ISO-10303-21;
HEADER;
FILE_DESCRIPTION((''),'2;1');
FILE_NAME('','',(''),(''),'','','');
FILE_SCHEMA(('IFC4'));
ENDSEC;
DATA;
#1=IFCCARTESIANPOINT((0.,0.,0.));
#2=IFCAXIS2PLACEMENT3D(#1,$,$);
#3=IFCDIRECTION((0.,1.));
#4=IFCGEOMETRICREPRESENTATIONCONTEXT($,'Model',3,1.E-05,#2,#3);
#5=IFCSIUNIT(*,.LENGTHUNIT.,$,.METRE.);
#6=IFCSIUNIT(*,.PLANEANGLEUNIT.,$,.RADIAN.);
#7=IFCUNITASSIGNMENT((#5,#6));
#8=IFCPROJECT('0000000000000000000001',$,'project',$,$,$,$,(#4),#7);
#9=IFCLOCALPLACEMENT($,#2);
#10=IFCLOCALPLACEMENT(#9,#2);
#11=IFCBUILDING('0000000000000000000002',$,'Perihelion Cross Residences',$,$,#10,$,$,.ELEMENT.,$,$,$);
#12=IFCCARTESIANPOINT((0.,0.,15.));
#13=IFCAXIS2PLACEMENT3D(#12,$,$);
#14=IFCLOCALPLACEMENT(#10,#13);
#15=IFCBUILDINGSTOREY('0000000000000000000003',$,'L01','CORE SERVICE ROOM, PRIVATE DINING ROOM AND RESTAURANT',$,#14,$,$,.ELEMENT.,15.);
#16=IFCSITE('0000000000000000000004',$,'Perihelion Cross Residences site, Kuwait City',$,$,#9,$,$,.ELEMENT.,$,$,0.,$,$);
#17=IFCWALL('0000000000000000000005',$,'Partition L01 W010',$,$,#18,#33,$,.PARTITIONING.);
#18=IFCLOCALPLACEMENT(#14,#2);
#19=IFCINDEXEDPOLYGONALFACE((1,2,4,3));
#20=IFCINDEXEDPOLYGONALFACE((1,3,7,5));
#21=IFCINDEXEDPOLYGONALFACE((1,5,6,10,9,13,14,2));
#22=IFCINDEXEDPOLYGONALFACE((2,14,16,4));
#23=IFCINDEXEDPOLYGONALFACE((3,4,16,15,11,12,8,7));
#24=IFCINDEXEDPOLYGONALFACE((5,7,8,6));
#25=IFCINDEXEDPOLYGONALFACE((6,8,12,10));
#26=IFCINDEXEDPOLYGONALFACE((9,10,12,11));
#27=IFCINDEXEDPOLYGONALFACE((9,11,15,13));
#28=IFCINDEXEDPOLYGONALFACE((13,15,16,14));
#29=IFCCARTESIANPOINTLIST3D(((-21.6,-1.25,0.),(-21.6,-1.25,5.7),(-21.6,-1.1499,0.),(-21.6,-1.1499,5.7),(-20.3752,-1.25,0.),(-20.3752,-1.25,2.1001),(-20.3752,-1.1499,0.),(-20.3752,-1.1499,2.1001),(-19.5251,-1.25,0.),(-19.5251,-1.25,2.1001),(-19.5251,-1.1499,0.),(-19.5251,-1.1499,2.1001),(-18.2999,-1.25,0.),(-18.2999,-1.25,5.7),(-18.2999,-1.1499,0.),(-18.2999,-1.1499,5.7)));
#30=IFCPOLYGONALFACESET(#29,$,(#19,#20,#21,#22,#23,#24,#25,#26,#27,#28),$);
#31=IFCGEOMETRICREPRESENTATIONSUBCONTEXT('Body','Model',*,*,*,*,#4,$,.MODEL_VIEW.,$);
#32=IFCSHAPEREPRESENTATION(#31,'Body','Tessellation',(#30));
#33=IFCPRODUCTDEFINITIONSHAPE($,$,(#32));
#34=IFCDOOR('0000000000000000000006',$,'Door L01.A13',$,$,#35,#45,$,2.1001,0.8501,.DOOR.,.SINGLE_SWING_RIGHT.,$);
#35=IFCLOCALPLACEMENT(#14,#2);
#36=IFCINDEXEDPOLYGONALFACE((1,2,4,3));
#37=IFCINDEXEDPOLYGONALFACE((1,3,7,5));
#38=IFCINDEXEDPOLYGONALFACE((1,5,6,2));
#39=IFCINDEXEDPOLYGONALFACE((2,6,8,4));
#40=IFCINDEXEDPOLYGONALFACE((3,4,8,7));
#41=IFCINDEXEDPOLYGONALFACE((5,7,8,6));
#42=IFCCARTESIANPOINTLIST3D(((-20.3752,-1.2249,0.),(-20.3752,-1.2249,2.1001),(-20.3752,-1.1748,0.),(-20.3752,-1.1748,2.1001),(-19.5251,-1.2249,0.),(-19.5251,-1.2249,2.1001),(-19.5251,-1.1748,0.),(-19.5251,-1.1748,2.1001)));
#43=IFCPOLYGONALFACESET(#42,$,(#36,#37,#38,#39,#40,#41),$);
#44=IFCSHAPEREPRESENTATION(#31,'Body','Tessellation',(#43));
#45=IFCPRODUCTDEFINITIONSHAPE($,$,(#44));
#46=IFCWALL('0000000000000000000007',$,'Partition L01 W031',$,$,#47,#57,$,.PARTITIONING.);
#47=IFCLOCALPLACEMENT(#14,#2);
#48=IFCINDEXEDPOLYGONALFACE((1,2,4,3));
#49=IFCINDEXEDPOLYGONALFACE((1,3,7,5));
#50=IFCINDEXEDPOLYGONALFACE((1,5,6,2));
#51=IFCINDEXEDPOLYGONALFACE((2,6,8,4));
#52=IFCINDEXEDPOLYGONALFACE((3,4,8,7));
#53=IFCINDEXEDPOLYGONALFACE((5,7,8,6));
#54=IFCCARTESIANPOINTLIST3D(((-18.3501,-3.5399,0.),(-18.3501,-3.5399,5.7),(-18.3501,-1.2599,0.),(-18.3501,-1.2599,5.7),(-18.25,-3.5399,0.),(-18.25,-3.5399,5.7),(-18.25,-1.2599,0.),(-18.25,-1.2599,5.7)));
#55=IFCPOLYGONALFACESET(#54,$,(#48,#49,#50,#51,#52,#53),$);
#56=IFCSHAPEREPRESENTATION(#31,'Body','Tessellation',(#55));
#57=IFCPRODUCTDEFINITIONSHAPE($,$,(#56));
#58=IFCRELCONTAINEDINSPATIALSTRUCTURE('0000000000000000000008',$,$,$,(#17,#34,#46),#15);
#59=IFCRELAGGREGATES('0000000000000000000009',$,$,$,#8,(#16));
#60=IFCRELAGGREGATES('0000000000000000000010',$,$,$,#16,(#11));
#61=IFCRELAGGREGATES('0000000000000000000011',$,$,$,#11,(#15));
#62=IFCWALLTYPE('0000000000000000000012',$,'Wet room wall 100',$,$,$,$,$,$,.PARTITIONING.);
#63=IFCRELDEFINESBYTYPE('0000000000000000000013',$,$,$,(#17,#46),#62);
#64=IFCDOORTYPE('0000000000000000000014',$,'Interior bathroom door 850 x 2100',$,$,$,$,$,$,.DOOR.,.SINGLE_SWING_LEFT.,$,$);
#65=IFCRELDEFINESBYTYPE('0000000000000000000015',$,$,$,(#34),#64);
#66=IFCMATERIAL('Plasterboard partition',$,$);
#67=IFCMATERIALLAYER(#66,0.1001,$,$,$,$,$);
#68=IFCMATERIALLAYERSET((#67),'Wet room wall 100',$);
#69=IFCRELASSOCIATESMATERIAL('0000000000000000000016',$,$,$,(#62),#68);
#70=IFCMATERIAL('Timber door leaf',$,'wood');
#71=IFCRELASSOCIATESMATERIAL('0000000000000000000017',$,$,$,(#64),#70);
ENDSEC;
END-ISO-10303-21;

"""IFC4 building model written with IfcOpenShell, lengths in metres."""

from ifc_helpers import new_model, si_unit, direction, frame, frame_2d, origin, place, context, subcontext, project, spatial, rectangle, extrude, material, layer, layer_set, type_object, element, fill, save


model = new_model("IFC4")

# Units and contexts
model_context = context("Model", 3, precision=1e-05, world=origin(), true_north=direction((0.0, 1.0)))
body_context = subcontext(model_context, "Body", "Model", "MODEL_VIEW")
ifc_project = project(units=[si_unit("LENGTHUNIT", "METRE"), si_unit("PLANEANGLEUNIT", "RADIAN")], contexts=[model_context])

# Site, building, storey
site_placement = place(None, origin())
site = spatial("IfcSite", under=ifc_project, at=site_placement, Name="Perihelion Cross Residences site, Kuwait City", CompositionType="ELEMENT", RefElevation=0.0)
building_placement = place(site_placement, origin())
building = spatial("IfcBuilding", under=site, at=building_placement, Name="Perihelion Cross Residences", CompositionType="ELEMENT")
storey_placement = place(building_placement, frame((0.0, 0.0, 15.0)))
storey = spatial("IfcBuildingStorey", under=building, at=storey_placement, Name="L01", Description="CORE SERVICE ROOM, PRIVATE DINING ROOM AND RESTAURANT", CompositionType="ELEMENT", Elevation=15.0)

# Wall, opening, door
ifc_material_1 = material(Name="Plasterboard partition")
ifc_layer_1 = layer(ifc_material_1, 0.1001)
ifc_layer_set_1 = layer_set([ifc_layer_1], Name="Wet room wall 100")
wall_type_1 = type_object("IfcWallType", Name="Wet room wall 100", PredefinedType="PARTITIONING", material=ifc_layer_set_1)
wall_1_placement = place(storey_placement, frame((-18.3, -1.2, 0.0), z_axis=(0.0, 0.0, 1.0), x_axis=(-1.0, 0.0, 0.0)))
wall_1 = element("IfcWall", 1, at=wall_1_placement, inside=storey, type_object=wall_type_1, Name="Partition L01 W010", PredefinedType="PARTITIONING", context=body_context, shape_type="SweptSolid", body=[
    extrude(rectangle(XDim=3.3, YDim=0.1001, at=frame_2d((1.6499, 0.0))), origin(), (0.0, 0.0, 1.0), 5.7),
])
opening_1_placement = place(wall_1_placement, frame((1.2251, 0.0, 0.0)))
opening_1 = element("IfcOpeningElement", 2, at=opening_1_placement, cuts=wall_1, PredefinedType="OPENING", context=body_context, shape_type="SweptSolid", body=[
    extrude(rectangle(XDim=0.8501, YDim=2.1001, at=frame_2d((0.425, 1.05))), frame((0.0, 0.0601, 0.0), z_axis=(0.0, -1.0, 0.0), x_axis=(1.0, 0.0, 0.0)), (0.0, 0.0, 1.0), 0.1201),
])
ifc_material_2 = material(Name="Timber door leaf", Category="wood")
door_type_1 = type_object("IfcDoorType", Name="Interior bathroom door 850 x 2100", OperationType="SINGLE_SWING_LEFT", PredefinedType="DOOR", material=ifc_material_2)
door_1_placement = place(opening_1_placement, origin())
door_1 = element("IfcDoor", 3, at=door_1_placement, inside=storey, type_object=door_type_1, Name="Door L01.A13", OperationType="SINGLE_SWING_RIGHT", OverallHeight=2.1001, OverallWidth=0.8501, PredefinedType="DOOR", context=body_context, shape_type="SweptSolid", body=[
    extrude(rectangle(XDim=0.8501, YDim=2.1001, at=frame_2d((0.425, 1.05))), frame((0.0, 0.0249, 0.0), z_axis=(0.0, -1.0, 0.0), x_axis=(1.0, 0.0, 0.0)), (0.0, 0.0, 1.0), 0.05),
])
fill(opening_1, door_1)

# Wall
wall_2_placement = place(storey_placement, frame((-18.3, -3.54, 0.0), z_axis=(0.0, 0.0, 1.0), x_axis=(0.0, 1.0, 0.0)))
element("IfcWall", 4, at=wall_2_placement, inside=storey, type_object=wall_type_1, Name="Partition L01 W031", PredefinedType="PARTITIONING", context=body_context, shape_type="SweptSolid", body=[
    extrude(rectangle(XDim=2.28, YDim=0.1001, at=frame_2d((1.1401, 0.0))), origin(), (0.0, 0.0, 1.0), 5.7),
])

save(model, "model.ifc")
